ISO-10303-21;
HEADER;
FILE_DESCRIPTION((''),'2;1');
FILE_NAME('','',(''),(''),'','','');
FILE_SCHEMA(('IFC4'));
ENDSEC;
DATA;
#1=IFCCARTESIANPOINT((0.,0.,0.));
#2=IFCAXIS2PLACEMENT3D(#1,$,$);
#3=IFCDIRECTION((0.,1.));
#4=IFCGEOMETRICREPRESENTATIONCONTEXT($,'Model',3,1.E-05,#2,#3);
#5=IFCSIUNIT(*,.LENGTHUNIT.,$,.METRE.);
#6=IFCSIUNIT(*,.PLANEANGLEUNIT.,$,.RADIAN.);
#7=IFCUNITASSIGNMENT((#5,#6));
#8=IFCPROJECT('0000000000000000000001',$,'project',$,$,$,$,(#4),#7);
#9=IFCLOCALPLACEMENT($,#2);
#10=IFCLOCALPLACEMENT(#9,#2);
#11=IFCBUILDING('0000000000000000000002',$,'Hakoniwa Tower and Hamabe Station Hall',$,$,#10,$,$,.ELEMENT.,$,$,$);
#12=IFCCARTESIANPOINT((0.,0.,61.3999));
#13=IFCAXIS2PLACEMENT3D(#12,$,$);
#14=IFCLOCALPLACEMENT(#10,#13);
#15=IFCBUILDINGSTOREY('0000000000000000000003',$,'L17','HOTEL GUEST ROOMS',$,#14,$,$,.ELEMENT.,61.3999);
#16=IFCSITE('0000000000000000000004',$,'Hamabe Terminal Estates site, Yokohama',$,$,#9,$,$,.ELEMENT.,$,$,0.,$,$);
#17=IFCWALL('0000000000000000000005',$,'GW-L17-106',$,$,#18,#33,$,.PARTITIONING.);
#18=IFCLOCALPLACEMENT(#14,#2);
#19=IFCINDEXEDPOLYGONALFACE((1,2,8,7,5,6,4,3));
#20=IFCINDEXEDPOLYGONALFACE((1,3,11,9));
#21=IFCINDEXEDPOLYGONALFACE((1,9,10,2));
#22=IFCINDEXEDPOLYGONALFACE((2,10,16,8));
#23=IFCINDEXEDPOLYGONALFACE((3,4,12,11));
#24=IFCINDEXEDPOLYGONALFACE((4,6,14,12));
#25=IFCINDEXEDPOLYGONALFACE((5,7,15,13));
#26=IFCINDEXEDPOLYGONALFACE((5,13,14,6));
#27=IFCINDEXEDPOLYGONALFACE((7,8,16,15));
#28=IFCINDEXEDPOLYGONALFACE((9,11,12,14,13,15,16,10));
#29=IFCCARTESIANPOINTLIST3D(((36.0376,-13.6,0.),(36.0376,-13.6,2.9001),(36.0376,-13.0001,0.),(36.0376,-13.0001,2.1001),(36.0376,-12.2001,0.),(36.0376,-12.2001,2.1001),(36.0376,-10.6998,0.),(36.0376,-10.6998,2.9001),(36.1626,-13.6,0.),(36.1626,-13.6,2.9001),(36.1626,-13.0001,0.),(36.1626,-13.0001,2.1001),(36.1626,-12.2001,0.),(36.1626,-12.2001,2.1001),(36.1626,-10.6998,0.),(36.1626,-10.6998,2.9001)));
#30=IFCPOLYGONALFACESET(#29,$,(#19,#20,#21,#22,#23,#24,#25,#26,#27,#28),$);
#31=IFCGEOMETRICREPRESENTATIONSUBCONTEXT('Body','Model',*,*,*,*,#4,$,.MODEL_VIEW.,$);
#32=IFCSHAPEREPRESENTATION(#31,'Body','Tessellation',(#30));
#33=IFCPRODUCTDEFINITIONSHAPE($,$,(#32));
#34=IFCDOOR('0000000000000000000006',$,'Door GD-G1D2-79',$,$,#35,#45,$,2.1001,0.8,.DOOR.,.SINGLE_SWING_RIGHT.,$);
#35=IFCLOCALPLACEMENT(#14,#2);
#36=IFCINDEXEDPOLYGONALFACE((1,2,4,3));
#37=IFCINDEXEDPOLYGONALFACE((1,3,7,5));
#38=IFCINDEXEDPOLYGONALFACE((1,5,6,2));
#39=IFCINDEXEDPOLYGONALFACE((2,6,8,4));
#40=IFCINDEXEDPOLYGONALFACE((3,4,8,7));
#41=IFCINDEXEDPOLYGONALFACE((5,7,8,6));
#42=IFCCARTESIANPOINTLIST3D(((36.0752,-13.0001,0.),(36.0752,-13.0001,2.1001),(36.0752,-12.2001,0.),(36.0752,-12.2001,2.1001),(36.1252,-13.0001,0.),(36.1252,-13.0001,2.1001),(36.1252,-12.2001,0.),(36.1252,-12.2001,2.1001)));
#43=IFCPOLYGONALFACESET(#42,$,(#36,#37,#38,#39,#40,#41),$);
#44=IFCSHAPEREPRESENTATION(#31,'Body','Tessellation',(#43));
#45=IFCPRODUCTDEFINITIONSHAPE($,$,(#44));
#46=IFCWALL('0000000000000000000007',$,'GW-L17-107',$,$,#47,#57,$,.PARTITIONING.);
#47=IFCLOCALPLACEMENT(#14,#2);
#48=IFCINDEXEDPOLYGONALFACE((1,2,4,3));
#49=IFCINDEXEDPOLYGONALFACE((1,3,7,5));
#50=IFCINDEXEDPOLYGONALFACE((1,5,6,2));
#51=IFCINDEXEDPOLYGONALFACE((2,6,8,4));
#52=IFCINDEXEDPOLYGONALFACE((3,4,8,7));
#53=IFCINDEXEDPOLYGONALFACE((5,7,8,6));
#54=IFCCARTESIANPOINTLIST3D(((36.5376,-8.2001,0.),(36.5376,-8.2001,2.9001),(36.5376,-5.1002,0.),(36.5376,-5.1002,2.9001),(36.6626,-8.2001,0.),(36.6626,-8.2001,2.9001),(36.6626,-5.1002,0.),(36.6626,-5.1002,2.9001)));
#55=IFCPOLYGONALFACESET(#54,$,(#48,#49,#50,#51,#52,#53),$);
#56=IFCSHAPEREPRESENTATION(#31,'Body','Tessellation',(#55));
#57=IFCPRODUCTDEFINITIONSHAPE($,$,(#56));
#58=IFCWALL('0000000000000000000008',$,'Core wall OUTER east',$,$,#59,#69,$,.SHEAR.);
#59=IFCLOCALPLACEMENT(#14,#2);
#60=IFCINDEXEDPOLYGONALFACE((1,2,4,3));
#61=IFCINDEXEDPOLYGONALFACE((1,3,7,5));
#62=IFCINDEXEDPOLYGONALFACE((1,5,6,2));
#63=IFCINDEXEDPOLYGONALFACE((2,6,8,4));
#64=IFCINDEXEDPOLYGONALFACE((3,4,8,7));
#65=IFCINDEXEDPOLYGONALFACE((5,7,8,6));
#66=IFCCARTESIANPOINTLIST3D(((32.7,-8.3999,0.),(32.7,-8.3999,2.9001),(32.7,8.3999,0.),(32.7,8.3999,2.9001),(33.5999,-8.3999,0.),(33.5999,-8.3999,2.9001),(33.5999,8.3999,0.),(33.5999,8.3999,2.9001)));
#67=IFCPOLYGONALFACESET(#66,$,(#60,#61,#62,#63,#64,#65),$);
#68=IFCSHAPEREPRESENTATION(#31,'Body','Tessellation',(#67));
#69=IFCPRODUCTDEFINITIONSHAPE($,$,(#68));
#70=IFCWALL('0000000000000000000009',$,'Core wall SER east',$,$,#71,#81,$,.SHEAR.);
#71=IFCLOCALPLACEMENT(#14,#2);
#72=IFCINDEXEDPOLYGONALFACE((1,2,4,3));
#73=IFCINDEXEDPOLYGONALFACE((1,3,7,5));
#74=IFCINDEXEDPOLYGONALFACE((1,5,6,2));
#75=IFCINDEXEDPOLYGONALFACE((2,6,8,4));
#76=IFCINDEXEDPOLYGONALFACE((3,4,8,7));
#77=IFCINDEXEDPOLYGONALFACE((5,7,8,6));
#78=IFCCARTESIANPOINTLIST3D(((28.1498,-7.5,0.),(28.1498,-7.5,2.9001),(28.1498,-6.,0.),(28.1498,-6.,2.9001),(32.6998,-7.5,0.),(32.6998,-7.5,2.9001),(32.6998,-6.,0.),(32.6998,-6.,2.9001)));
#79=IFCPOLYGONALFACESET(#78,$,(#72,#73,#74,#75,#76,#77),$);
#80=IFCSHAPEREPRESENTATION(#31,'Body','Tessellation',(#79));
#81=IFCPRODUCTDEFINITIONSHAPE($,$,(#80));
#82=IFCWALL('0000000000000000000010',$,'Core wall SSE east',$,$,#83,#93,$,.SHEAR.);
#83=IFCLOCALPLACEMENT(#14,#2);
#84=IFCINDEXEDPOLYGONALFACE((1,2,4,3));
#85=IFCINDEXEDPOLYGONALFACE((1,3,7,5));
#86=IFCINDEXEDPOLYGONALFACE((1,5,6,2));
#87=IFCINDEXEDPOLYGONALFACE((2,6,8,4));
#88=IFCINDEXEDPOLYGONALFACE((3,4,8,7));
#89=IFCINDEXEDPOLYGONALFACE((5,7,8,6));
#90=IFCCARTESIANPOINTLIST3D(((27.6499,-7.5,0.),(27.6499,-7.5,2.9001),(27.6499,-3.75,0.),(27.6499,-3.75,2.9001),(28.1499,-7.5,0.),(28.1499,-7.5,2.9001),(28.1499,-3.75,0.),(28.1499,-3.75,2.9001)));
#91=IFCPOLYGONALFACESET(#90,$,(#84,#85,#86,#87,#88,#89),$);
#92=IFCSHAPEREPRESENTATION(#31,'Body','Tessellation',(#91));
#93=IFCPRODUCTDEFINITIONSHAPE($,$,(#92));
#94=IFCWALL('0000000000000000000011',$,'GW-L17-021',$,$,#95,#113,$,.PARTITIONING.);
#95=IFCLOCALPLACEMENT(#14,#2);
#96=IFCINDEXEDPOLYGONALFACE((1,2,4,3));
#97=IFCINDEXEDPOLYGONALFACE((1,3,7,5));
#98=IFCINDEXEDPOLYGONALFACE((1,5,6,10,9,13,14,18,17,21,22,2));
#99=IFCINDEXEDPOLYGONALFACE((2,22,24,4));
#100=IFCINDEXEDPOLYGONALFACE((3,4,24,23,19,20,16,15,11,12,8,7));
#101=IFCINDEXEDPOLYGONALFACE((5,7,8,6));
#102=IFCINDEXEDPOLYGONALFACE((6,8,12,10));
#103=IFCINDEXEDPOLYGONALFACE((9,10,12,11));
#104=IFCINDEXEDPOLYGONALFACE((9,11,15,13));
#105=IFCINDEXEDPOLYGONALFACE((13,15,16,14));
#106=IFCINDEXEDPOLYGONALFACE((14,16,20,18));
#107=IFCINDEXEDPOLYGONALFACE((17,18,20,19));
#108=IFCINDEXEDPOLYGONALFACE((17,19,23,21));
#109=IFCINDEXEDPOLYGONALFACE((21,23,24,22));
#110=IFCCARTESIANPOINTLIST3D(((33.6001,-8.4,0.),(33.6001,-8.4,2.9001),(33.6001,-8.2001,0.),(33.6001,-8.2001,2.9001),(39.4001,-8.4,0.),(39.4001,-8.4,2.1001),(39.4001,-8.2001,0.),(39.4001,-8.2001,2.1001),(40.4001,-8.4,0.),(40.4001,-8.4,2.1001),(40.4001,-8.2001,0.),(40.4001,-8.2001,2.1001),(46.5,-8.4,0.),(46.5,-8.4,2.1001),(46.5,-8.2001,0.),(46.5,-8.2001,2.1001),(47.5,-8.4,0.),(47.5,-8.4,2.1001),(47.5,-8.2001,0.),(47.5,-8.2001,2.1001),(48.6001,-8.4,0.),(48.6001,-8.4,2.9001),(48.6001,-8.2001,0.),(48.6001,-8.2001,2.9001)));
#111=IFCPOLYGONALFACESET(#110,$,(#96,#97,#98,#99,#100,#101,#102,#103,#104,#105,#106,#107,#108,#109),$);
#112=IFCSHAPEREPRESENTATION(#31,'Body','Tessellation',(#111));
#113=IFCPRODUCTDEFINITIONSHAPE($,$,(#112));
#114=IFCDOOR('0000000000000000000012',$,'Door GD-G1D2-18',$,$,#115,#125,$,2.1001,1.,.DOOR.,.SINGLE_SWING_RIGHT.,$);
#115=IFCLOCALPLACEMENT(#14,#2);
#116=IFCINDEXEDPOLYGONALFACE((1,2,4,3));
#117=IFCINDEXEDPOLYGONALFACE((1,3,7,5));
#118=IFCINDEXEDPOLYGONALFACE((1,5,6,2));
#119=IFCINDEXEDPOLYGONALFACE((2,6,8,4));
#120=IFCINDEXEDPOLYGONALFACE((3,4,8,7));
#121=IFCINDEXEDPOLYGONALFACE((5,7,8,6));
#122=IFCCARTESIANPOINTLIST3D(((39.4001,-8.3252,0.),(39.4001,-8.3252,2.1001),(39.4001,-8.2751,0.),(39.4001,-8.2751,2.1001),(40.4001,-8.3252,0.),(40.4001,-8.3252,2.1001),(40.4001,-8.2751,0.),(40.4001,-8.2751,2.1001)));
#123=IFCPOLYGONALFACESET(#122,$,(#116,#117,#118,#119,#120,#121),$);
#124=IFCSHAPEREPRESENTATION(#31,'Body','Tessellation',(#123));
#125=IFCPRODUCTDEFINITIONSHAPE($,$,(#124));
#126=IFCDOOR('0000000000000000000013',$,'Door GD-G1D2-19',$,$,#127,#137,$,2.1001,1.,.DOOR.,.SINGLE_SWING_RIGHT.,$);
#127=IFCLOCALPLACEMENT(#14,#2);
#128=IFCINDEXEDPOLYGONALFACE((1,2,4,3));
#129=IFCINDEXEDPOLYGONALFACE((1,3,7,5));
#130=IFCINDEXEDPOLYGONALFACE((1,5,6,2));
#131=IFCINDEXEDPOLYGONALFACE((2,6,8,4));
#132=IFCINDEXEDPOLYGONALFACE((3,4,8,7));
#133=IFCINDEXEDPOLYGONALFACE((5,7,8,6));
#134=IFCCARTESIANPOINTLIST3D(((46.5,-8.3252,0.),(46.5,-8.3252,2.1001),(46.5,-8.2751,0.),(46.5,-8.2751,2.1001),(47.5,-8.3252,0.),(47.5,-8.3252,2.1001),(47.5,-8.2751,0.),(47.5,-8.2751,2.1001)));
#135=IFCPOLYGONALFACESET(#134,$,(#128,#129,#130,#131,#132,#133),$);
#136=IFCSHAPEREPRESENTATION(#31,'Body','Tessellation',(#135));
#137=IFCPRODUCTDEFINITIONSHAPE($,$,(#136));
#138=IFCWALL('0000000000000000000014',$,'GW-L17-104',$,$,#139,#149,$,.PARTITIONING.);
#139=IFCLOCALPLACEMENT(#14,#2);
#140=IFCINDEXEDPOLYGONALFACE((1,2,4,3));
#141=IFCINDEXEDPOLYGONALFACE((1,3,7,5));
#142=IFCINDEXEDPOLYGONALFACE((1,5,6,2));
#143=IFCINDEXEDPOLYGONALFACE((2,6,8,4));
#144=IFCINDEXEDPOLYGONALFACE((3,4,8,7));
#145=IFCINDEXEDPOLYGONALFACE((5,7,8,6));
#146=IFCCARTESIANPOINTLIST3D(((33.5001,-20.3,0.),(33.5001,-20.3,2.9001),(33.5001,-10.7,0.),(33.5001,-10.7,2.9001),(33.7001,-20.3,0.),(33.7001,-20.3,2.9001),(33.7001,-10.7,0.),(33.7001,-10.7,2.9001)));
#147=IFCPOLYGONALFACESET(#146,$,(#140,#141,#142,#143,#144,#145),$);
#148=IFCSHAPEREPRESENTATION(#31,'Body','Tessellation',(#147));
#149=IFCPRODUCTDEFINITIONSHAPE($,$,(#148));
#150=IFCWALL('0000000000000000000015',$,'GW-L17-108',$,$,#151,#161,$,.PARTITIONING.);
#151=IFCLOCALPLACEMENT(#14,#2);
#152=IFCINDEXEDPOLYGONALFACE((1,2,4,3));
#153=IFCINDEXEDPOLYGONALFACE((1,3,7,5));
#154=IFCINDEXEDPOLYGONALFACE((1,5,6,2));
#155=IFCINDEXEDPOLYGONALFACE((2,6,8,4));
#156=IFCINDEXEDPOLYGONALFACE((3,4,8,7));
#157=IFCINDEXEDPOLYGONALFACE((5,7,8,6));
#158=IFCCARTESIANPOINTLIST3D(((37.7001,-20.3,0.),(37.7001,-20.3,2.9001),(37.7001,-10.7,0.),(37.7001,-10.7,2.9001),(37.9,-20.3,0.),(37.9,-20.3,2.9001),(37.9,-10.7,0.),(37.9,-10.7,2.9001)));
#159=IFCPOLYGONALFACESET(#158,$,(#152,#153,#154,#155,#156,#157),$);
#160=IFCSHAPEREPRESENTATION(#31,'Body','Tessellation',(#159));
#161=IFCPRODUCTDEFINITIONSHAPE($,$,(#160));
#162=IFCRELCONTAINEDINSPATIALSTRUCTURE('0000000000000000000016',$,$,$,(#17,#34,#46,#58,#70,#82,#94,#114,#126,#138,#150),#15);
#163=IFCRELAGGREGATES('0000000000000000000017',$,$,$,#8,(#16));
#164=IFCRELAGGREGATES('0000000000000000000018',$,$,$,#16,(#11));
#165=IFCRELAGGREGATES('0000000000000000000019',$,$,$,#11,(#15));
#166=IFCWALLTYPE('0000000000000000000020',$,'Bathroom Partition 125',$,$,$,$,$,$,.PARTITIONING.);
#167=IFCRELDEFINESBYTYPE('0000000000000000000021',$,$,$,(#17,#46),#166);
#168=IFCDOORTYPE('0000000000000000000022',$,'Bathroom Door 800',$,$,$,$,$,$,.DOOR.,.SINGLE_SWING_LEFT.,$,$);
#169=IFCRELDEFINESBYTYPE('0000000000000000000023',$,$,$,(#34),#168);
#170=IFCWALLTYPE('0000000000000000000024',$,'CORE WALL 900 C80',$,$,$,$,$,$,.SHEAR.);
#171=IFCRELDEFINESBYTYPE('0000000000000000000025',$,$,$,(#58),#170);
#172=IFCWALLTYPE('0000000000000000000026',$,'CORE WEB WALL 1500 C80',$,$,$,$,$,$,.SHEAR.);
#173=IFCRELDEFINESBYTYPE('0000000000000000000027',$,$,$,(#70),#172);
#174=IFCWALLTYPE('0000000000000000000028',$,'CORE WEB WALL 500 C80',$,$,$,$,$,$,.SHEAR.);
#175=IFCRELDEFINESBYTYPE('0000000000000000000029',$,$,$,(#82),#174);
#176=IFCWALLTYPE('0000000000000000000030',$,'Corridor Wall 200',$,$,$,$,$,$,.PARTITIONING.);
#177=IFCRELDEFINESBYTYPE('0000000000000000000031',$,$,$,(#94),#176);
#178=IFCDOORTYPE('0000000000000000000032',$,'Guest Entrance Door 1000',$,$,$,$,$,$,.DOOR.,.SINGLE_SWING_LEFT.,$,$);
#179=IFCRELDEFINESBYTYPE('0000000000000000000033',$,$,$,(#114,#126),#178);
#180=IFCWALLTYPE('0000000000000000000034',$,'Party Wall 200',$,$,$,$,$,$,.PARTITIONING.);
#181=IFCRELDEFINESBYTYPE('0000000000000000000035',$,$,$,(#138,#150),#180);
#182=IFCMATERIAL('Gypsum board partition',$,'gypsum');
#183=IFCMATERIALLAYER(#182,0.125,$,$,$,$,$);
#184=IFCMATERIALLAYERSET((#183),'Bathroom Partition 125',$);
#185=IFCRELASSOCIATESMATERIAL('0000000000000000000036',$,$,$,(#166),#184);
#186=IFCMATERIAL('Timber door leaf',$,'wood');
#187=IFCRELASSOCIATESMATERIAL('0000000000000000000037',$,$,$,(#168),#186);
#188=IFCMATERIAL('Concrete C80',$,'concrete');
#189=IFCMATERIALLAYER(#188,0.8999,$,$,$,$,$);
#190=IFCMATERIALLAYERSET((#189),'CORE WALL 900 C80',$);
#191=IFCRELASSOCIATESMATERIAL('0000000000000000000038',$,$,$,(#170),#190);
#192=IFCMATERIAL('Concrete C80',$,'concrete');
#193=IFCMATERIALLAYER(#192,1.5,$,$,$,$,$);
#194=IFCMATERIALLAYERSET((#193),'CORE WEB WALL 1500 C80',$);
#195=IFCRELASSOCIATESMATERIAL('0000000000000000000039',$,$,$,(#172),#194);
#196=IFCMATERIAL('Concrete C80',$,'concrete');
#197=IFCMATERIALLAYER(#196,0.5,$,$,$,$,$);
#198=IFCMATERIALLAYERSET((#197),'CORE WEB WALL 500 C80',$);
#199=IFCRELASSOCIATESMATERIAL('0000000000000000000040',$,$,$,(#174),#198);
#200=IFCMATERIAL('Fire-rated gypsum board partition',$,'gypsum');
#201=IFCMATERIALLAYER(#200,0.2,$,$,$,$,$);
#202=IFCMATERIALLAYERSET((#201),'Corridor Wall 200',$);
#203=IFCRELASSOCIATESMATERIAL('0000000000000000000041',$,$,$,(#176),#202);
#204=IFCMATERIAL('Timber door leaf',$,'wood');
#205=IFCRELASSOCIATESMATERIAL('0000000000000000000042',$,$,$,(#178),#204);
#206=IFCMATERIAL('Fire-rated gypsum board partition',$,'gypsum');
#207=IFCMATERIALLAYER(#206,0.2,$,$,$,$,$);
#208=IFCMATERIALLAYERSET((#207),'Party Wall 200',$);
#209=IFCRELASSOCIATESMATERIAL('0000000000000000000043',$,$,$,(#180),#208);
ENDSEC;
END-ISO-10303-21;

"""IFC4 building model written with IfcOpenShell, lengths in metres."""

from ifc_helpers import new_model, si_unit, direction, frame, frame_2d, origin, place, context, subcontext, project, spatial, rectangle, extrude, material, layer, layer_set, type_object, element, fill, save


model = new_model("IFC4")

# Units and contexts
model_context = context("Model", 3, precision=1e-05, world=origin(), true_north=direction((0.0, 1.0)))
body_context = subcontext(model_context, "Body", "Model", "MODEL_VIEW")
ifc_project = project(units=[si_unit("LENGTHUNIT", "METRE"), si_unit("PLANEANGLEUNIT", "RADIAN")], contexts=[model_context])

# Site, building, storey
site_placement = place(None, origin())
site = spatial("IfcSite", under=ifc_project, at=site_placement, Name="Hamabe Terminal Estates site, Yokohama", CompositionType="ELEMENT", RefElevation=0.0)
building_placement = place(site_placement, origin())
building = spatial("IfcBuilding", under=site, at=building_placement, Name="Hakoniwa Tower and Hamabe Station Hall", CompositionType="ELEMENT")
storey_placement = place(building_placement, frame((0.0, 0.0, 61.3999)))
storey = spatial("IfcBuildingStorey", under=building, at=storey_placement, Name="L17", Description="HOTEL GUEST ROOMS", CompositionType="ELEMENT", Elevation=61.3999)

# Shared definitions
ifc_material_1 = material(Name="Gypsum board partition", Category="gypsum")
ifc_layer_1 = layer(ifc_material_1, 0.125)
ifc_layer_set_1 = layer_set([ifc_layer_1], Name="Bathroom Partition 125")
wall_type_1 = type_object("IfcWallType", Name="Bathroom Partition 125", PredefinedType="PARTITIONING", material=ifc_layer_set_1)

# Wall, opening, door
ifc_material_2 = material(Name="Timber door leaf", Category="wood")
door_type_1 = type_object("IfcDoorType", Name="Bathroom Door 800", OperationType="SINGLE_SWING_LEFT", PredefinedType="DOOR", material=ifc_material_2)
wall_1_placement = place(storey_placement, frame((36.1001, -13.6001, 0.0), z_axis=(0.0, 0.0, 1.0), x_axis=(0.0, 1.0, 0.0)))
wall_1 = element("IfcWall", 1, at=wall_1_placement, inside=storey, type_object=wall_type_1, Name="GW-L17-106", PredefinedType="PARTITIONING", context=body_context, shape_type="SweptSolid", body=[
    extrude(rectangle(XDim=2.9001, YDim=0.125, at=frame_2d((1.4502, 0.0))), origin(), (0.0, 0.0, 1.0), 2.9001),
])
opening_1_placement = place(wall_1_placement, frame((0.6001, 0.0, 0.0)))
opening_1 = element("IfcOpeningElement", 2, at=opening_1_placement, cuts=wall_1, PredefinedType="OPENING", context=body_context, shape_type="SweptSolid", body=[
    extrude(rectangle(XDim=0.8, YDim=2.1001, at=frame_2d((0.3999, 1.05))), frame((0.0, 0.0725, 0.0), z_axis=(0.0, -1.0, 0.0), x_axis=(1.0, 0.0, 0.0)), (0.0, 0.0, 1.0), 0.145),
])
door_1_placement = place(opening_1_placement, origin())
door_1 = element("IfcDoor", 3, at=door_1_placement, inside=storey, type_object=door_type_1, Name="Door GD-G1D2-79", OperationType="SINGLE_SWING_RIGHT", OverallHeight=2.1001, OverallWidth=0.8, PredefinedType="DOOR", context=body_context, shape_type="SweptSolid", body=[
    extrude(rectangle(XDim=0.8, YDim=2.1001, at=frame_2d((0.3999, 1.05))), frame((0.0, 0.0249, 0.0), z_axis=(0.0, -1.0, 0.0), x_axis=(1.0, 0.0, 0.0)), (0.0, 0.0, 1.0), 0.05),
])
fill(opening_1, door_1)

# Walls
wall_2_placement = place(storey_placement, frame((36.6001, -8.2, 0.0), z_axis=(0.0, 0.0, 1.0), x_axis=(0.0, 1.0, 0.0)))
element("IfcWall", 4, at=wall_2_placement, inside=storey, type_object=wall_type_1, Name="GW-L17-107", PredefinedType="PARTITIONING", context=body_context, shape_type="SweptSolid", body=[
    extrude(rectangle(XDim=3.0999, YDim=0.125, at=frame_2d((1.5498, 0.0))), origin(), (0.0, 0.0, 1.0), 2.9001),
])
ifc_material_3 = material(Name="Concrete C80", Category="concrete")
ifc_layer_2 = layer(ifc_material_3, 0.8999)
ifc_layer_set_2 = layer_set([ifc_layer_2], Name="CORE WALL 900 C80")
wall_type_2 = type_object("IfcWallType", Name="CORE WALL 900 C80", PredefinedType="SHEAR", material=ifc_layer_set_2)
wall_3_placement = place(storey_placement, frame((33.1499, -8.3999, 0.0), z_axis=(0.0, 0.0, 1.0), x_axis=(0.0, 1.0, 0.0)))
element("IfcWall", 5, at=wall_3_placement, inside=storey, type_object=wall_type_2, Name="Core wall OUTER east", PredefinedType="SHEAR", context=body_context, shape_type="SweptSolid", body=[
    extrude(rectangle(XDim=16.7998, YDim=0.8999, at=frame_2d((8.3999, 0.0))), origin(), (0.0, 0.0, 1.0), 2.9001),
])
ifc_material_4 = material(Name="Concrete C80", Category="concrete")
ifc_layer_3 = layer(ifc_material_4, 1.5)
ifc_layer_set_3 = layer_set([ifc_layer_3], Name="CORE WEB WALL 1500 C80")
wall_type_3 = type_object("IfcWallType", Name="CORE WEB WALL 1500 C80", PredefinedType="SHEAR", material=ifc_layer_set_3)
wall_4_placement = place(storey_placement, frame((28.1499, -6.75, 0.0), z_axis=(0.0, 0.0, 1.0), x_axis=(1.0, 0.0, 0.0)))
element("IfcWall", 6, at=wall_4_placement, inside=storey, type_object=wall_type_3, Name="Core wall SER east", PredefinedType="SHEAR", context=body_context, shape_type="SweptSolid", body=[
    extrude(rectangle(XDim=4.55, YDim=1.5, at=frame_2d((2.2749, 0.0))), origin(), (0.0, 0.0, 1.0), 2.9001),
])
ifc_material_5 = material(Name="Concrete C80", Category="concrete")
ifc_layer_4 = layer(ifc_material_5, 0.5)
ifc_layer_set_4 = layer_set([ifc_layer_4], Name="CORE WEB WALL 500 C80")
wall_type_4 = type_object("IfcWallType", Name="CORE WEB WALL 500 C80", PredefinedType="SHEAR", material=ifc_layer_set_4)
wall_5_placement = place(storey_placement, frame((27.8999, -7.5, 0.0), z_axis=(0.0, 0.0, 1.0), x_axis=(0.0, 1.0, 0.0)))
element("IfcWall", 7, at=wall_5_placement, inside=storey, type_object=wall_type_4, Name="Core wall SSE east", PredefinedType="SHEAR", context=body_context, shape_type="SweptSolid", body=[
    extrude(rectangle(XDim=3.75, YDim=0.5, at=frame_2d((1.875, 0.0))), origin(), (0.0, 0.0, 1.0), 2.9001),
])

# Wall, openings, doors
ifc_material_6 = material(Name="Fire-rated gypsum board partition", Category="gypsum")
ifc_layer_5 = layer(ifc_material_6, 0.2)
ifc_layer_set_5 = layer_set([ifc_layer_5], Name="Corridor Wall 200")
wall_type_5 = type_object("IfcWallType", Name="Corridor Wall 200", PredefinedType="PARTITIONING", material=ifc_layer_set_5)
wall_6_placement = place(storey_placement, frame((33.6001, -8.3, 0.0), z_axis=(0.0, 0.0, 1.0), x_axis=(1.0, 0.0, 0.0)))
wall_6 = element("IfcWall", 8, at=wall_6_placement, inside=storey, type_object=wall_type_5, Name="GW-L17-021", PredefinedType="PARTITIONING", context=body_context, shape_type="SweptSolid", body=[
    extrude(rectangle(XDim=15.0, YDim=0.2, at=frame_2d((7.5, 0.0))), origin(), (0.0, 0.0, 1.0), 2.9001),
])
opening_2_placement = place(wall_6_placement, frame((5.8, 0.0, 0.0)))
opening_2 = element("IfcOpeningElement", 9, at=opening_2_placement, cuts=wall_6, PredefinedType="OPENING", context=body_context, shape_type="SweptSolid", body=[
    extrude(rectangle(XDim=1.0, YDim=2.1001, at=frame_2d((0.5, 1.05))), frame((0.0, 0.1099, 0.0), z_axis=(0.0, -1.0, 0.0), x_axis=(1.0, 0.0, 0.0)), (0.0, 0.0, 1.0), 0.22),
])
opening_3_placement = place(wall_6_placement, frame((12.8999, 0.0, 0.0)))
opening_3 = element("IfcOpeningElement", 10, at=opening_3_placement, cuts=wall_6, PredefinedType="OPENING", context=body_context, shape_type="SweptSolid", body=[
    extrude(rectangle(XDim=1.0, YDim=2.1001, at=frame_2d((0.5, 1.05))), frame((0.0, 0.1099, 0.0), z_axis=(0.0, -1.0, 0.0), x_axis=(1.0, 0.0, 0.0)), (0.0, 0.0, 1.0), 0.22),
])
ifc_material_7 = material(Name="Timber door leaf", Category="wood")
door_type_2 = type_object("IfcDoorType", Name="Guest Entrance Door 1000", OperationType="SINGLE_SWING_LEFT", PredefinedType="DOOR", material=ifc_material_7)
door_2_placement = place(opening_2_placement, origin())
door_2 = element("IfcDoor", 11, at=door_2_placement, inside=storey, type_object=door_type_2, Name="Door GD-G1D2-18", OperationType="SINGLE_SWING_RIGHT", OverallHeight=2.1001, OverallWidth=1.0, PredefinedType="DOOR", context=body_context, shape_type="SweptSolid", body=[
    extrude(rectangle(XDim=1.0, YDim=2.1001, at=frame_2d((0.5, 1.05))), frame((0.0, 0.0249, 0.0), z_axis=(0.0, -1.0, 0.0), x_axis=(1.0, 0.0, 0.0)), (0.0, 0.0, 1.0), 0.05),
])
fill(opening_2, door_2)
door_3_placement = place(opening_3_placement, origin())
door_3 = element("IfcDoor", 12, at=door_3_placement, inside=storey, type_object=door_type_2, Name="Door GD-G1D2-19", OperationType="SINGLE_SWING_RIGHT", OverallHeight=2.1001, OverallWidth=1.0, PredefinedType="DOOR", context=body_context, shape_type="SweptSolid", body=[
    extrude(rectangle(XDim=1.0, YDim=2.1001, at=frame_2d((0.5, 1.05))), frame((0.0, 0.0249, 0.0), z_axis=(0.0, -1.0, 0.0), x_axis=(1.0, 0.0, 0.0)), (0.0, 0.0, 1.0), 0.05),
])
fill(opening_3, door_3)

# Walls
ifc_material_8 = material(Name="Fire-rated gypsum board partition", Category="gypsum")
ifc_layer_6 = layer(ifc_material_8, 0.2)
ifc_layer_set_6 = layer_set([ifc_layer_6], Name="Party Wall 200")
wall_type_6 = type_object("IfcWallType", Name="Party Wall 200", PredefinedType="PARTITIONING", material=ifc_layer_set_6)
for number, where, z_axis, x_axis, name in (
    (13, (33.6001, -20.3, 0.0), (0.0, 0.0, 1.0), (0.0, 1.0, 0.0), "GW-L17-104"),
    (14, (37.8, -20.3, 0.0), (0.0, 0.0, 1.0), (0.0, 1.0, 0.0), "GW-L17-108"),
):
    element("IfcWall", number, at=place(storey_placement, frame(where, z_axis=z_axis, x_axis=x_axis)), inside=storey, type_object=wall_type_6, Name=name, PredefinedType="PARTITIONING", context=body_context, shape_type="SweptSolid", body=[
        extrude(rectangle(XDim=9.6001, YDim=0.2, at=frame_2d((4.8, 0.0))), origin(), (0.0, 0.0, 1.0), 2.9001),
    ])

save(model, "model.ifc")
